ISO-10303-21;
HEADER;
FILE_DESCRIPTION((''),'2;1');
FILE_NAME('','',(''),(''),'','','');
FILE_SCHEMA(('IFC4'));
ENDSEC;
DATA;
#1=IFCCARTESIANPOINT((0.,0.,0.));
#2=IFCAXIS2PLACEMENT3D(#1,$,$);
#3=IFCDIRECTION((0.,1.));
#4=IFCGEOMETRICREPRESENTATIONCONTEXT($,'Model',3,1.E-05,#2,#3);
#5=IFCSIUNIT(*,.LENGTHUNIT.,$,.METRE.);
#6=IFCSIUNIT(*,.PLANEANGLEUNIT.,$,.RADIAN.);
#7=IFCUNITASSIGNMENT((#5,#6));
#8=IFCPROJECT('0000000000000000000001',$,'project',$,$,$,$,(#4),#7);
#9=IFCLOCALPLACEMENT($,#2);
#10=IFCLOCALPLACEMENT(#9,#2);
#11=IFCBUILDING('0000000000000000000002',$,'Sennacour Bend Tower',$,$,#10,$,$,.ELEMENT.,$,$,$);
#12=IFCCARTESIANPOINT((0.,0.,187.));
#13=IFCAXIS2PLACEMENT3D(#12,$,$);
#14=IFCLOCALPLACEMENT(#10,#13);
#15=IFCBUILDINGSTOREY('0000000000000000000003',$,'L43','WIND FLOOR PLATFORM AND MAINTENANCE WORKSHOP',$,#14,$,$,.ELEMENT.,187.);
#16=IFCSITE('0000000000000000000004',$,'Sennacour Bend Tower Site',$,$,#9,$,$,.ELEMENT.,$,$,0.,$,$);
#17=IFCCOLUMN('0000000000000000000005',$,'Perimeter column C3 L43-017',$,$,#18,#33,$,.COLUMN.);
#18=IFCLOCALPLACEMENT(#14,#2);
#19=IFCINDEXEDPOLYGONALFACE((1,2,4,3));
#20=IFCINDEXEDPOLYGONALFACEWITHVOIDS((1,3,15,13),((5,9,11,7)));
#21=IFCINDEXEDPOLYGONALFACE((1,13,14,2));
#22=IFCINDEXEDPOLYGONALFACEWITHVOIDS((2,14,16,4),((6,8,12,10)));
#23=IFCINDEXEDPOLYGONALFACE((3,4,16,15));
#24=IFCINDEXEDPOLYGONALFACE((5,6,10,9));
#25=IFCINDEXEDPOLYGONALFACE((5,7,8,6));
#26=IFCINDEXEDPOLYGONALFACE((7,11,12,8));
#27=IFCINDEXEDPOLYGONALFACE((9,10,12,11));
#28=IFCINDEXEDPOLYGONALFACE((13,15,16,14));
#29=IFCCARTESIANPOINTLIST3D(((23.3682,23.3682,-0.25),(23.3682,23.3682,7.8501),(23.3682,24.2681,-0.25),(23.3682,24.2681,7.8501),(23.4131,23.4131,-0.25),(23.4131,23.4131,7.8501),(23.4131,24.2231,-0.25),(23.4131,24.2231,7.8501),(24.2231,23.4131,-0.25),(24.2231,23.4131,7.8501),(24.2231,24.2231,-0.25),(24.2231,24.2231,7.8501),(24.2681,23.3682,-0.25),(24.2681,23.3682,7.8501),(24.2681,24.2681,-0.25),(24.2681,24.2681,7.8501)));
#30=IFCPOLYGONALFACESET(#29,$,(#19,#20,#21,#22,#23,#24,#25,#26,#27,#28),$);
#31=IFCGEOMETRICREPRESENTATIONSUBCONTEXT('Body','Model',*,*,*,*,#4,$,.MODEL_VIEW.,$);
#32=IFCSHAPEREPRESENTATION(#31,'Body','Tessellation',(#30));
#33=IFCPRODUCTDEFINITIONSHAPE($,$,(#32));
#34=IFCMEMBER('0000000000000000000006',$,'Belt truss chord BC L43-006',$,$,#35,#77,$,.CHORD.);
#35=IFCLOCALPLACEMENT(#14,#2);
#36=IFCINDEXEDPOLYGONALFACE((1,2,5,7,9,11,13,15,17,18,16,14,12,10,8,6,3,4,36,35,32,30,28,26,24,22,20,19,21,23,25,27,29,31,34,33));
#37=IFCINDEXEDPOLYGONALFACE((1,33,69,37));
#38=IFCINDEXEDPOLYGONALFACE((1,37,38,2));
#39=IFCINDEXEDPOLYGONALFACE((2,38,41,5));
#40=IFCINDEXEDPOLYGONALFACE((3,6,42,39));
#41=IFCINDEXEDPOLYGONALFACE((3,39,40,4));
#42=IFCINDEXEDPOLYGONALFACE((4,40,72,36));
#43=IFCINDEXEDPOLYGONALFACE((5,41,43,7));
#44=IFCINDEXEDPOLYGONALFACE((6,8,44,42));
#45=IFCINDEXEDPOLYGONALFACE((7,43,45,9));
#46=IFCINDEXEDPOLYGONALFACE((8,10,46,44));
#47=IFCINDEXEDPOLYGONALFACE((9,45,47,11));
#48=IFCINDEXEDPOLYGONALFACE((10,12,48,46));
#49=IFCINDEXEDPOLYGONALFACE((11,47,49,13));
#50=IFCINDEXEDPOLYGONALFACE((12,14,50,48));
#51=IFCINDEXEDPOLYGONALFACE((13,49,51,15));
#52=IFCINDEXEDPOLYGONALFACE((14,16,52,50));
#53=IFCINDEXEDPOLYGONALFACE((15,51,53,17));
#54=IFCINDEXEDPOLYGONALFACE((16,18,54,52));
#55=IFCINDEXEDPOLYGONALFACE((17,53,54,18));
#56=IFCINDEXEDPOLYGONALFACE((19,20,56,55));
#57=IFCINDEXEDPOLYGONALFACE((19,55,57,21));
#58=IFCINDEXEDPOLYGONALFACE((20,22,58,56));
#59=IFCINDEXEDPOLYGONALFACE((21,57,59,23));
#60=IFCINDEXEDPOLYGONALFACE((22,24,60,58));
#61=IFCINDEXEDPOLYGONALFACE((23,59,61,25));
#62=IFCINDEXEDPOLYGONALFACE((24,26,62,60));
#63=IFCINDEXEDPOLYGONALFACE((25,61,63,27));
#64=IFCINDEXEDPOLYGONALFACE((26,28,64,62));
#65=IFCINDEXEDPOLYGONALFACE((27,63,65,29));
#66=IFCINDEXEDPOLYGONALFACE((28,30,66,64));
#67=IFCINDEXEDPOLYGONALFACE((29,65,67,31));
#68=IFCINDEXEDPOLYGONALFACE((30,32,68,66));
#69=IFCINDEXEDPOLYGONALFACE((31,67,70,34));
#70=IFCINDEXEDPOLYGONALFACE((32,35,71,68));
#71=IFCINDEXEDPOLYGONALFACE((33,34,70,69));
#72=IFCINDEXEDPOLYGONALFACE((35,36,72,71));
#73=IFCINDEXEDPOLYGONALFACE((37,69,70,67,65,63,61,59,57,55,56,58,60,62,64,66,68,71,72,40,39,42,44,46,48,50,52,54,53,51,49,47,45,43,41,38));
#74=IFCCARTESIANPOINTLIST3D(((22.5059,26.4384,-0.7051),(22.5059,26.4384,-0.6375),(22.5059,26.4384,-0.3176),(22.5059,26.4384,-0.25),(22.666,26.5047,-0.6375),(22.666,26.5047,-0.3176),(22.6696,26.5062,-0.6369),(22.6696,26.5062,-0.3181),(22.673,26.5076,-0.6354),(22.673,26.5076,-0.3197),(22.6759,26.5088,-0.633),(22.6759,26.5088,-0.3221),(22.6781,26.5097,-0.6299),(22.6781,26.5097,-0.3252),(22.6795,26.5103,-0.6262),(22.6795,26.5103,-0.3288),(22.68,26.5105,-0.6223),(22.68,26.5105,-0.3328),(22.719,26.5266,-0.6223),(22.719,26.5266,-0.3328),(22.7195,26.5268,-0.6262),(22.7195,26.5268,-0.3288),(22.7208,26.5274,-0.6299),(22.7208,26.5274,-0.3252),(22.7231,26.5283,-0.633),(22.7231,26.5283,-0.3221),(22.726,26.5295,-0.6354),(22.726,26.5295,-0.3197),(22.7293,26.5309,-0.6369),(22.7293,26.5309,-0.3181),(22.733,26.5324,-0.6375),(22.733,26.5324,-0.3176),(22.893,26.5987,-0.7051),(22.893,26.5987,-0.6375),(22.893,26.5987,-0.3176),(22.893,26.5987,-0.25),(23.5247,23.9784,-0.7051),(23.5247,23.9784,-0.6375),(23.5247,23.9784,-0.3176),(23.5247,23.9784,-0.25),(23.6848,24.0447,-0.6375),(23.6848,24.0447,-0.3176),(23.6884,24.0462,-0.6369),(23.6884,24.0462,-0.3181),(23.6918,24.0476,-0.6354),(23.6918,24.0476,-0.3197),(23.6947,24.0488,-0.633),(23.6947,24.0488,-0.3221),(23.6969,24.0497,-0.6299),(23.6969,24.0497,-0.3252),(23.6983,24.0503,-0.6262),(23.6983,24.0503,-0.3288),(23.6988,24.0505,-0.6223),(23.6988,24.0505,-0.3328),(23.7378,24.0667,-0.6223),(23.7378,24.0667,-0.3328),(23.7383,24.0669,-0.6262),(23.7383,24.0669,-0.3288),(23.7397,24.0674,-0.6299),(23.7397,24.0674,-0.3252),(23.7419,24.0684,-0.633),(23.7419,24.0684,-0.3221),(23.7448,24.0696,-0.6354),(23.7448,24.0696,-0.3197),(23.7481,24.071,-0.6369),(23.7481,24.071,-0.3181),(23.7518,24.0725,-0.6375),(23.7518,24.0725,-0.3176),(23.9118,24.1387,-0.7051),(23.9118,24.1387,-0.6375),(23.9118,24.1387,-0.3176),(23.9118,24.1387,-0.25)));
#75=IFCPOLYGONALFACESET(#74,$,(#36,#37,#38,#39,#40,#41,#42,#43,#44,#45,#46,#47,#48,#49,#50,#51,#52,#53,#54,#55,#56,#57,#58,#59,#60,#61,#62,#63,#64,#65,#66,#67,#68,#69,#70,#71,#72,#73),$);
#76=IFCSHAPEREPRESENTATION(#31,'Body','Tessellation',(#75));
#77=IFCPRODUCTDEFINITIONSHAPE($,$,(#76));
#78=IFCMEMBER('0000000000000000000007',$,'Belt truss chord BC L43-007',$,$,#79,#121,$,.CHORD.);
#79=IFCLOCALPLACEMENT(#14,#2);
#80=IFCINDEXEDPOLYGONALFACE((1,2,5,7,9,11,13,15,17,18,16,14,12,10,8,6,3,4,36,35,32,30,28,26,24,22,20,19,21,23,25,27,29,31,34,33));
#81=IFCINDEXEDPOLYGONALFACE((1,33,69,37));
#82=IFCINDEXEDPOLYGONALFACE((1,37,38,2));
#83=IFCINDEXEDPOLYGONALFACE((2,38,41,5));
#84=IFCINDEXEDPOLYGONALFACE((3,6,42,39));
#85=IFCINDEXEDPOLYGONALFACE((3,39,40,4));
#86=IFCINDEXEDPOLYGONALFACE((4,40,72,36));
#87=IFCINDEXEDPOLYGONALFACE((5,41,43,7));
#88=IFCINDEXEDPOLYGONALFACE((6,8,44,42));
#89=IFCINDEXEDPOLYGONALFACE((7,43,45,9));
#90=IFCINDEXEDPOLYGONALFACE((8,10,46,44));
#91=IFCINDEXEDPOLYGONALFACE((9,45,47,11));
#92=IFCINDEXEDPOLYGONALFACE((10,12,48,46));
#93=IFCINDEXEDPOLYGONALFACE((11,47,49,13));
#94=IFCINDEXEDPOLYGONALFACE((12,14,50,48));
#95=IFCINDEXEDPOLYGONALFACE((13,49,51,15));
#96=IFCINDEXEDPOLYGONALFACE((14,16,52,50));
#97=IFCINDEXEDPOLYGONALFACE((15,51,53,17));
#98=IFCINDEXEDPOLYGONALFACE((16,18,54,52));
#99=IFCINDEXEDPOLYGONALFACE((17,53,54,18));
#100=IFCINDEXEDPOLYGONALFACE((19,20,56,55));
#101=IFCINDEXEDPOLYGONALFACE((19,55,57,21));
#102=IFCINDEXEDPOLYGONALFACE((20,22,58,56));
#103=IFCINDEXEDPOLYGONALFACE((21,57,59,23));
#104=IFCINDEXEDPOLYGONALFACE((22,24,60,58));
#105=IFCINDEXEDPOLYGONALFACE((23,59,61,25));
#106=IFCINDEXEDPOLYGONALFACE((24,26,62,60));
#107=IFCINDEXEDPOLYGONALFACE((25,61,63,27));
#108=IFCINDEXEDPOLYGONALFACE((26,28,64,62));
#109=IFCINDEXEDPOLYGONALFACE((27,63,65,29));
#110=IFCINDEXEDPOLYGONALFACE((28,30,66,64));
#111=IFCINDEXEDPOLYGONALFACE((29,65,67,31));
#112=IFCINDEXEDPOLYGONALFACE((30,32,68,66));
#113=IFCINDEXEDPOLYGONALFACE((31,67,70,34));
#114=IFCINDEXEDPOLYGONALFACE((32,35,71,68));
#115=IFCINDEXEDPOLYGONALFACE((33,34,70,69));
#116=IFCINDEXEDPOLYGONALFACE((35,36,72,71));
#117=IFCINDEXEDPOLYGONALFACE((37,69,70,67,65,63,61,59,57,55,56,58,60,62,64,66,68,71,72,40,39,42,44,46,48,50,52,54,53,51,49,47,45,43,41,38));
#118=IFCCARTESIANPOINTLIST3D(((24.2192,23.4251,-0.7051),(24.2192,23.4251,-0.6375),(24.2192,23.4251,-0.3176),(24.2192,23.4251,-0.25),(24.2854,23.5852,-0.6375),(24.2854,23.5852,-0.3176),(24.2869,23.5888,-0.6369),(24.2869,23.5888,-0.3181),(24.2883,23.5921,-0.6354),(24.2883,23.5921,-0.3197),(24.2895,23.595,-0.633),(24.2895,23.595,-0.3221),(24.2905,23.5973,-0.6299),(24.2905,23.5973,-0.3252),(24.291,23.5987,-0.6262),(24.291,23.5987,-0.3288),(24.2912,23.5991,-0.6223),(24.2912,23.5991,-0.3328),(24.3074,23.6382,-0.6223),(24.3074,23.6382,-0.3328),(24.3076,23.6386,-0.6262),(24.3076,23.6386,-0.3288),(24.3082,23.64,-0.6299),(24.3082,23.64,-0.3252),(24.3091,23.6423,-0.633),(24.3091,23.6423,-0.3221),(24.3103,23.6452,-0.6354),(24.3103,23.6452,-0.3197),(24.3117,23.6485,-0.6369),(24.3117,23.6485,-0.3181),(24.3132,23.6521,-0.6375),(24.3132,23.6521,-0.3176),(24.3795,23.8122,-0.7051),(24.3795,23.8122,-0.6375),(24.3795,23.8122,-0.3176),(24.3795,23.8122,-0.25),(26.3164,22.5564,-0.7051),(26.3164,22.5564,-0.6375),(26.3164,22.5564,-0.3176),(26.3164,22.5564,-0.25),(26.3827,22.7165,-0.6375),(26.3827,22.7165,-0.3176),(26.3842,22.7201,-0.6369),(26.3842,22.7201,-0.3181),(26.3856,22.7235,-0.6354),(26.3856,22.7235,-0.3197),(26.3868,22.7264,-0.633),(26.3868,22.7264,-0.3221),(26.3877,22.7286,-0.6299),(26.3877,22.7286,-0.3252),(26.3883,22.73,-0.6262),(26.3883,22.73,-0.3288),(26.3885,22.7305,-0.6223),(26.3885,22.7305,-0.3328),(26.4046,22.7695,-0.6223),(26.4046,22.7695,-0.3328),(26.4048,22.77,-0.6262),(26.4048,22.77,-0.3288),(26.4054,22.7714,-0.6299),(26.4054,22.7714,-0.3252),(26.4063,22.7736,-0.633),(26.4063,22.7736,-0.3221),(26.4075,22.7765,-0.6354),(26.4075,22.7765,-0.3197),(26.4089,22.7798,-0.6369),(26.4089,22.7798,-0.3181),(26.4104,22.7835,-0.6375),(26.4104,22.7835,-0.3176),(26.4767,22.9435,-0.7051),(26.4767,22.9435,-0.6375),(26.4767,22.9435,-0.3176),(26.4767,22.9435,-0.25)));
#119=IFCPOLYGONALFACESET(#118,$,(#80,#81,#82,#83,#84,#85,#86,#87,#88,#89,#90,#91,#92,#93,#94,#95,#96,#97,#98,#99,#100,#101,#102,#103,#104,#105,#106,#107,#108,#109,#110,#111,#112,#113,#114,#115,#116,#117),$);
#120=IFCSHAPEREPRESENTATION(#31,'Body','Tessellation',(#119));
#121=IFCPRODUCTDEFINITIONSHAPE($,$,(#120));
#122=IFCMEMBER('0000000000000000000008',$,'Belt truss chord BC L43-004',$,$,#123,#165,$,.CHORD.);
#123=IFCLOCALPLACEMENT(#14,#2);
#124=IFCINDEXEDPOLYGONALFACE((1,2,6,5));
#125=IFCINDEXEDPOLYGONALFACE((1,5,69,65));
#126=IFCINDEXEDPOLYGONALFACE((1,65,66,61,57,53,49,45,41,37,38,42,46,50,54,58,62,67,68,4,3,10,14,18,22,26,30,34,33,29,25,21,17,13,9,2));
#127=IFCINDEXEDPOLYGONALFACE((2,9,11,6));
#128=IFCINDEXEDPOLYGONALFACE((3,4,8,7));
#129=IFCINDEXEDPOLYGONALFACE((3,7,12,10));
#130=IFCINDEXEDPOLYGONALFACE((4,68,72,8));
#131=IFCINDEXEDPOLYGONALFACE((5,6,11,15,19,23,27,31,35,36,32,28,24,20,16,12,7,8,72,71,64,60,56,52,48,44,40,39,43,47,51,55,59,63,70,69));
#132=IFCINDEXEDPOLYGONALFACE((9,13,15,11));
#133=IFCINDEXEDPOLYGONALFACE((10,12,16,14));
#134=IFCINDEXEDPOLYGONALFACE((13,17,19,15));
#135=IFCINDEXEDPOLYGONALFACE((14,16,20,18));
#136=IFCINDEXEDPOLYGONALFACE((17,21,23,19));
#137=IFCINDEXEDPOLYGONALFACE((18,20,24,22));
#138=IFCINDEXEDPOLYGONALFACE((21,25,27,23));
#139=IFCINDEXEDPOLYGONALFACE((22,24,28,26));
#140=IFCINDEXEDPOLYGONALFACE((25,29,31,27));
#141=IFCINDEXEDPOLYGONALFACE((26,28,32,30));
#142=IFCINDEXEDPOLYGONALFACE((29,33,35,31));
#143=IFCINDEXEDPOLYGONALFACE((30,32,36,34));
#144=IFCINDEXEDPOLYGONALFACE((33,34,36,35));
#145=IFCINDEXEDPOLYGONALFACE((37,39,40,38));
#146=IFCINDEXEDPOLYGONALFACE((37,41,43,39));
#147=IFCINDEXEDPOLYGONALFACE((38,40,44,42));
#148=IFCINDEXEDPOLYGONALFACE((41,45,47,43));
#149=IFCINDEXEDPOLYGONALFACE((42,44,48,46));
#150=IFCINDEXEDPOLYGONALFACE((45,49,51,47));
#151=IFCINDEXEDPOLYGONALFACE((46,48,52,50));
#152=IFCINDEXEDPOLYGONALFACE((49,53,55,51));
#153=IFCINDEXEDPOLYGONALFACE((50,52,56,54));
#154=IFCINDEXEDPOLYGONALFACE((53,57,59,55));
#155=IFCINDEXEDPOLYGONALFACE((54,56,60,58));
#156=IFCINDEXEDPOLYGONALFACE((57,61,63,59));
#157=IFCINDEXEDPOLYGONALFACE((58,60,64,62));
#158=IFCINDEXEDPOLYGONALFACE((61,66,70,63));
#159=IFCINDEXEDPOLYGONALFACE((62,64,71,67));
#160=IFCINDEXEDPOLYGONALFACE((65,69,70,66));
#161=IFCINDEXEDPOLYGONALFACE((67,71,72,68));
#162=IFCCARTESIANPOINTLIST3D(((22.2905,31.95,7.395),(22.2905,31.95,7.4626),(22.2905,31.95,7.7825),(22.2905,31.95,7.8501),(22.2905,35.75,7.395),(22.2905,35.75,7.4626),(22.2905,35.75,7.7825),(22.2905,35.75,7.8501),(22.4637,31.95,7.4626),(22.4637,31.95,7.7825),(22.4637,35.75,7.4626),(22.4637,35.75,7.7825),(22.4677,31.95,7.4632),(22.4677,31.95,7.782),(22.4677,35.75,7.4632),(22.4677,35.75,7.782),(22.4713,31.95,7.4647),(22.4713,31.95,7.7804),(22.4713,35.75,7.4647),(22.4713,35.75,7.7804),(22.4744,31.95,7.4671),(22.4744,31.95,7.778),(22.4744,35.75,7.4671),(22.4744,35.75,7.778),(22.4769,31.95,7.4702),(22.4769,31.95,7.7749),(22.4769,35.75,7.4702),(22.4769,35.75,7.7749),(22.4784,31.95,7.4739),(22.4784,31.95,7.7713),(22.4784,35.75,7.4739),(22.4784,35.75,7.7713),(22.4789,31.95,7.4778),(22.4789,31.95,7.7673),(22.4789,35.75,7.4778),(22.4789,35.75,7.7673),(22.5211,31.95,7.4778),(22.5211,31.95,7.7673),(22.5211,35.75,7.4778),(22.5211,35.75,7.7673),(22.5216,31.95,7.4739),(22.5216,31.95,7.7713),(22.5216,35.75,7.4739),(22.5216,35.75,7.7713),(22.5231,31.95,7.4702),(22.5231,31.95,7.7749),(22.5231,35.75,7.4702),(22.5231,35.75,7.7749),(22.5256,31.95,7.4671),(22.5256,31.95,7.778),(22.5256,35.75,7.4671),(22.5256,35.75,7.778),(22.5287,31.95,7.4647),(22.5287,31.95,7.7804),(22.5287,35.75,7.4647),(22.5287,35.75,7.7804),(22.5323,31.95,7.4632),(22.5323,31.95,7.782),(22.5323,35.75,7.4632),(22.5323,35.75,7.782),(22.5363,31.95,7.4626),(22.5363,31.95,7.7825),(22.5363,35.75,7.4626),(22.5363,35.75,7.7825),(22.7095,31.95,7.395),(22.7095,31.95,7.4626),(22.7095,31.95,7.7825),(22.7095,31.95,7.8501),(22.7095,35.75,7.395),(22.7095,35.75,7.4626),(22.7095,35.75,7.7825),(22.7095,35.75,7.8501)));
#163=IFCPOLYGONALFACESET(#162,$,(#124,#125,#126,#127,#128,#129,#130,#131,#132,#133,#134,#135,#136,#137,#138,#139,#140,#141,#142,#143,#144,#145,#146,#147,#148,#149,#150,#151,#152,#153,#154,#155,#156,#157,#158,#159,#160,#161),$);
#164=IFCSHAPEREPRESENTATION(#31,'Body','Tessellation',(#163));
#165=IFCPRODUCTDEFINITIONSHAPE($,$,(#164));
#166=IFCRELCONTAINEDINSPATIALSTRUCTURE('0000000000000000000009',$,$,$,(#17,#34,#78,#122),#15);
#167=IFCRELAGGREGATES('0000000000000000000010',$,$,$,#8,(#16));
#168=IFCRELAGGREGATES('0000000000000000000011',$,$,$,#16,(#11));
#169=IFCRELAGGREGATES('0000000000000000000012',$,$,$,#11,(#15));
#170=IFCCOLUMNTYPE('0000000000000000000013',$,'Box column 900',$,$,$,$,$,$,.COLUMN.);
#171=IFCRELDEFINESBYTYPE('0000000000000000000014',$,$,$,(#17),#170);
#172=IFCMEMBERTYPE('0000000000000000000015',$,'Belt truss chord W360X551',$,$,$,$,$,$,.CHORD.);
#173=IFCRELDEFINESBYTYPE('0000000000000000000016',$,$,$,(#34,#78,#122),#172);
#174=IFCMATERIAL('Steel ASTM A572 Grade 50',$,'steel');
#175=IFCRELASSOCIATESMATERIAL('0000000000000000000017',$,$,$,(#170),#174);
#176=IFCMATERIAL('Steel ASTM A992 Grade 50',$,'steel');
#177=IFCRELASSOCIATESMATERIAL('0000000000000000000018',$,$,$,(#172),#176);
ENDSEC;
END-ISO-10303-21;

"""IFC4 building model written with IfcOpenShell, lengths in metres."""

from ifc_helpers import new_model, si_unit, direction, frame, origin, origin_2d, place, context, subcontext, project, spatial, hollow_rectangle, i_section, extrude, material, material_profile, profile_set, type_object, element, save


model = new_model("IFC4")

# Units and contexts
model_context = context("Model", 3, precision=1e-05, world=origin(), true_north=direction((0.0, 1.0)))
body_context = subcontext(model_context, "Body", "Model", "MODEL_VIEW")
ifc_project = project(units=[si_unit("LENGTHUNIT", "METRE"), si_unit("PLANEANGLEUNIT", "RADIAN")], contexts=[model_context])

# Site, building, storey
site_placement = place(None, origin())
site = spatial("IfcSite", under=ifc_project, at=site_placement, Name="Sennacour Bend Tower Site", CompositionType="ELEMENT", RefElevation=0.0)
building_placement = place(site_placement, origin())
building = spatial("IfcBuilding", under=site, at=building_placement, Name="Sennacour Bend Tower", CompositionType="ELEMENT")
storey_placement = place(building_placement, frame((0.0, 0.0, 187.0)))
storey = spatial("IfcBuildingStorey", under=building, at=storey_placement, Name="L43", Description="WIND FLOOR PLATFORM AND MAINTENANCE WORKSHOP", CompositionType="ELEMENT", Elevation=187.0)

# Column
ifc_material_1 = material(Name="Steel ASTM A572 Grade 50", Category="steel")
ifc_material_profile_1 = material_profile(ifc_material_1, hollow_rectangle(XDim=0.8999, YDim=0.8999, WallThickness=0.0449, at=origin_2d()), Name="Steel ASTM A572 Grade 50", Category="steel")
ifc_profile_set_1 = profile_set([ifc_material_profile_1], Name="Steel ASTM A572 Grade 50")
column_type = type_object("IfcColumnType", Name="Box column 900", PredefinedType="COLUMN", material=ifc_profile_set_1)
column_placement = place(storey_placement, frame((23.8181, 23.8181, -0.25), z_axis=(0.0, 0.0, 1.0), x_axis=(1.0, 0.0, 0.0)))
element("IfcColumn", 1, at=column_placement, inside=storey, type_object=column_type, Name="Perimeter column C3 L43-017", PredefinedType="COLUMN", context=body_context, shape_type="SweptSolid", body=[
    extrude(hollow_rectangle(XDim=0.8999, YDim=0.8999, WallThickness=0.0449, at=origin_2d()), origin(), (0.0, 0.0, 1.0), 8.1001),
])

# Members
ifc_material_2 = material(Name="Steel ASTM A992 Grade 50", Category="steel")
ifc_material_profile_2 = material_profile(ifc_material_2, i_section(OverallWidth=0.4189, OverallDepth=0.4551, WebThickness=0.0422, FlangeThickness=0.0676, FilletRadius=0.0151, at=origin_2d()), Name="Steel ASTM A992 Grade 50", Category="steel")
ifc_profile_set_2 = profile_set([ifc_material_profile_2], Name="Steel ASTM A992 Grade 50")
member_type_1 = type_object("IfcMemberType", Name="Belt truss chord W360X551", PredefinedType="CHORD", material=ifc_profile_set_2)
member_1_placement = place(storey_placement, frame((22.6995, 26.5186, -0.4775), z_axis=(0.382635, -0.923899, 0.0), x_axis=(0.923899, 0.382635, 0.0)))
element("IfcMember", 2, at=member_1_placement, inside=storey, type_object=member_type_1, Name="Belt truss chord BC L43-006", PredefinedType="CHORD", context=body_context, shape_type="SweptSolid", body=[
    extrude(i_section(OverallWidth=0.4189, OverallDepth=0.4551, WebThickness=0.0422, FlangeThickness=0.0676, FilletRadius=0.0151, at=origin_2d()), origin(), (0.0, 0.0, 1.0), 2.6626),
])
member_2_placement = place(storey_placement, frame((24.2993, 23.6187, -0.4775), z_axis=(0.923883, -0.382675, 0.0), x_axis=(0.382675, 0.923883, 0.0)))
element("IfcMember", 3, at=member_2_placement, inside=storey, type_object=member_type_1, Name="Belt truss chord BC L43-007", PredefinedType="CHORD", context=body_context, shape_type="SweptSolid", body=[
    extrude(i_section(OverallWidth=0.4189, OverallDepth=0.4551, WebThickness=0.0422, FlangeThickness=0.0676, FilletRadius=0.0151, at=origin_2d()), origin(), (0.0, 0.0, 1.0), 2.27),
])
member_3_placement = place(storey_placement, frame((22.5, 35.75, 7.6226), z_axis=(0.0, -1.0, 0.0), x_axis=(1.0, 0.0, 0.0)))
element("IfcMember", 4, at=member_3_placement, inside=storey, type_object=member_type_1, Name="Belt truss chord BC L43-004", PredefinedType="CHORD", context=body_context, shape_type="SweptSolid", body=[
    extrude(i_section(OverallWidth=0.4189, OverallDepth=0.4551, WebThickness=0.0422, FlangeThickness=0.0676, FilletRadius=0.0151, at=origin_2d()), origin(), (0.0, 0.0, 1.0), 3.8),
])

save(model, "model.ifc")
